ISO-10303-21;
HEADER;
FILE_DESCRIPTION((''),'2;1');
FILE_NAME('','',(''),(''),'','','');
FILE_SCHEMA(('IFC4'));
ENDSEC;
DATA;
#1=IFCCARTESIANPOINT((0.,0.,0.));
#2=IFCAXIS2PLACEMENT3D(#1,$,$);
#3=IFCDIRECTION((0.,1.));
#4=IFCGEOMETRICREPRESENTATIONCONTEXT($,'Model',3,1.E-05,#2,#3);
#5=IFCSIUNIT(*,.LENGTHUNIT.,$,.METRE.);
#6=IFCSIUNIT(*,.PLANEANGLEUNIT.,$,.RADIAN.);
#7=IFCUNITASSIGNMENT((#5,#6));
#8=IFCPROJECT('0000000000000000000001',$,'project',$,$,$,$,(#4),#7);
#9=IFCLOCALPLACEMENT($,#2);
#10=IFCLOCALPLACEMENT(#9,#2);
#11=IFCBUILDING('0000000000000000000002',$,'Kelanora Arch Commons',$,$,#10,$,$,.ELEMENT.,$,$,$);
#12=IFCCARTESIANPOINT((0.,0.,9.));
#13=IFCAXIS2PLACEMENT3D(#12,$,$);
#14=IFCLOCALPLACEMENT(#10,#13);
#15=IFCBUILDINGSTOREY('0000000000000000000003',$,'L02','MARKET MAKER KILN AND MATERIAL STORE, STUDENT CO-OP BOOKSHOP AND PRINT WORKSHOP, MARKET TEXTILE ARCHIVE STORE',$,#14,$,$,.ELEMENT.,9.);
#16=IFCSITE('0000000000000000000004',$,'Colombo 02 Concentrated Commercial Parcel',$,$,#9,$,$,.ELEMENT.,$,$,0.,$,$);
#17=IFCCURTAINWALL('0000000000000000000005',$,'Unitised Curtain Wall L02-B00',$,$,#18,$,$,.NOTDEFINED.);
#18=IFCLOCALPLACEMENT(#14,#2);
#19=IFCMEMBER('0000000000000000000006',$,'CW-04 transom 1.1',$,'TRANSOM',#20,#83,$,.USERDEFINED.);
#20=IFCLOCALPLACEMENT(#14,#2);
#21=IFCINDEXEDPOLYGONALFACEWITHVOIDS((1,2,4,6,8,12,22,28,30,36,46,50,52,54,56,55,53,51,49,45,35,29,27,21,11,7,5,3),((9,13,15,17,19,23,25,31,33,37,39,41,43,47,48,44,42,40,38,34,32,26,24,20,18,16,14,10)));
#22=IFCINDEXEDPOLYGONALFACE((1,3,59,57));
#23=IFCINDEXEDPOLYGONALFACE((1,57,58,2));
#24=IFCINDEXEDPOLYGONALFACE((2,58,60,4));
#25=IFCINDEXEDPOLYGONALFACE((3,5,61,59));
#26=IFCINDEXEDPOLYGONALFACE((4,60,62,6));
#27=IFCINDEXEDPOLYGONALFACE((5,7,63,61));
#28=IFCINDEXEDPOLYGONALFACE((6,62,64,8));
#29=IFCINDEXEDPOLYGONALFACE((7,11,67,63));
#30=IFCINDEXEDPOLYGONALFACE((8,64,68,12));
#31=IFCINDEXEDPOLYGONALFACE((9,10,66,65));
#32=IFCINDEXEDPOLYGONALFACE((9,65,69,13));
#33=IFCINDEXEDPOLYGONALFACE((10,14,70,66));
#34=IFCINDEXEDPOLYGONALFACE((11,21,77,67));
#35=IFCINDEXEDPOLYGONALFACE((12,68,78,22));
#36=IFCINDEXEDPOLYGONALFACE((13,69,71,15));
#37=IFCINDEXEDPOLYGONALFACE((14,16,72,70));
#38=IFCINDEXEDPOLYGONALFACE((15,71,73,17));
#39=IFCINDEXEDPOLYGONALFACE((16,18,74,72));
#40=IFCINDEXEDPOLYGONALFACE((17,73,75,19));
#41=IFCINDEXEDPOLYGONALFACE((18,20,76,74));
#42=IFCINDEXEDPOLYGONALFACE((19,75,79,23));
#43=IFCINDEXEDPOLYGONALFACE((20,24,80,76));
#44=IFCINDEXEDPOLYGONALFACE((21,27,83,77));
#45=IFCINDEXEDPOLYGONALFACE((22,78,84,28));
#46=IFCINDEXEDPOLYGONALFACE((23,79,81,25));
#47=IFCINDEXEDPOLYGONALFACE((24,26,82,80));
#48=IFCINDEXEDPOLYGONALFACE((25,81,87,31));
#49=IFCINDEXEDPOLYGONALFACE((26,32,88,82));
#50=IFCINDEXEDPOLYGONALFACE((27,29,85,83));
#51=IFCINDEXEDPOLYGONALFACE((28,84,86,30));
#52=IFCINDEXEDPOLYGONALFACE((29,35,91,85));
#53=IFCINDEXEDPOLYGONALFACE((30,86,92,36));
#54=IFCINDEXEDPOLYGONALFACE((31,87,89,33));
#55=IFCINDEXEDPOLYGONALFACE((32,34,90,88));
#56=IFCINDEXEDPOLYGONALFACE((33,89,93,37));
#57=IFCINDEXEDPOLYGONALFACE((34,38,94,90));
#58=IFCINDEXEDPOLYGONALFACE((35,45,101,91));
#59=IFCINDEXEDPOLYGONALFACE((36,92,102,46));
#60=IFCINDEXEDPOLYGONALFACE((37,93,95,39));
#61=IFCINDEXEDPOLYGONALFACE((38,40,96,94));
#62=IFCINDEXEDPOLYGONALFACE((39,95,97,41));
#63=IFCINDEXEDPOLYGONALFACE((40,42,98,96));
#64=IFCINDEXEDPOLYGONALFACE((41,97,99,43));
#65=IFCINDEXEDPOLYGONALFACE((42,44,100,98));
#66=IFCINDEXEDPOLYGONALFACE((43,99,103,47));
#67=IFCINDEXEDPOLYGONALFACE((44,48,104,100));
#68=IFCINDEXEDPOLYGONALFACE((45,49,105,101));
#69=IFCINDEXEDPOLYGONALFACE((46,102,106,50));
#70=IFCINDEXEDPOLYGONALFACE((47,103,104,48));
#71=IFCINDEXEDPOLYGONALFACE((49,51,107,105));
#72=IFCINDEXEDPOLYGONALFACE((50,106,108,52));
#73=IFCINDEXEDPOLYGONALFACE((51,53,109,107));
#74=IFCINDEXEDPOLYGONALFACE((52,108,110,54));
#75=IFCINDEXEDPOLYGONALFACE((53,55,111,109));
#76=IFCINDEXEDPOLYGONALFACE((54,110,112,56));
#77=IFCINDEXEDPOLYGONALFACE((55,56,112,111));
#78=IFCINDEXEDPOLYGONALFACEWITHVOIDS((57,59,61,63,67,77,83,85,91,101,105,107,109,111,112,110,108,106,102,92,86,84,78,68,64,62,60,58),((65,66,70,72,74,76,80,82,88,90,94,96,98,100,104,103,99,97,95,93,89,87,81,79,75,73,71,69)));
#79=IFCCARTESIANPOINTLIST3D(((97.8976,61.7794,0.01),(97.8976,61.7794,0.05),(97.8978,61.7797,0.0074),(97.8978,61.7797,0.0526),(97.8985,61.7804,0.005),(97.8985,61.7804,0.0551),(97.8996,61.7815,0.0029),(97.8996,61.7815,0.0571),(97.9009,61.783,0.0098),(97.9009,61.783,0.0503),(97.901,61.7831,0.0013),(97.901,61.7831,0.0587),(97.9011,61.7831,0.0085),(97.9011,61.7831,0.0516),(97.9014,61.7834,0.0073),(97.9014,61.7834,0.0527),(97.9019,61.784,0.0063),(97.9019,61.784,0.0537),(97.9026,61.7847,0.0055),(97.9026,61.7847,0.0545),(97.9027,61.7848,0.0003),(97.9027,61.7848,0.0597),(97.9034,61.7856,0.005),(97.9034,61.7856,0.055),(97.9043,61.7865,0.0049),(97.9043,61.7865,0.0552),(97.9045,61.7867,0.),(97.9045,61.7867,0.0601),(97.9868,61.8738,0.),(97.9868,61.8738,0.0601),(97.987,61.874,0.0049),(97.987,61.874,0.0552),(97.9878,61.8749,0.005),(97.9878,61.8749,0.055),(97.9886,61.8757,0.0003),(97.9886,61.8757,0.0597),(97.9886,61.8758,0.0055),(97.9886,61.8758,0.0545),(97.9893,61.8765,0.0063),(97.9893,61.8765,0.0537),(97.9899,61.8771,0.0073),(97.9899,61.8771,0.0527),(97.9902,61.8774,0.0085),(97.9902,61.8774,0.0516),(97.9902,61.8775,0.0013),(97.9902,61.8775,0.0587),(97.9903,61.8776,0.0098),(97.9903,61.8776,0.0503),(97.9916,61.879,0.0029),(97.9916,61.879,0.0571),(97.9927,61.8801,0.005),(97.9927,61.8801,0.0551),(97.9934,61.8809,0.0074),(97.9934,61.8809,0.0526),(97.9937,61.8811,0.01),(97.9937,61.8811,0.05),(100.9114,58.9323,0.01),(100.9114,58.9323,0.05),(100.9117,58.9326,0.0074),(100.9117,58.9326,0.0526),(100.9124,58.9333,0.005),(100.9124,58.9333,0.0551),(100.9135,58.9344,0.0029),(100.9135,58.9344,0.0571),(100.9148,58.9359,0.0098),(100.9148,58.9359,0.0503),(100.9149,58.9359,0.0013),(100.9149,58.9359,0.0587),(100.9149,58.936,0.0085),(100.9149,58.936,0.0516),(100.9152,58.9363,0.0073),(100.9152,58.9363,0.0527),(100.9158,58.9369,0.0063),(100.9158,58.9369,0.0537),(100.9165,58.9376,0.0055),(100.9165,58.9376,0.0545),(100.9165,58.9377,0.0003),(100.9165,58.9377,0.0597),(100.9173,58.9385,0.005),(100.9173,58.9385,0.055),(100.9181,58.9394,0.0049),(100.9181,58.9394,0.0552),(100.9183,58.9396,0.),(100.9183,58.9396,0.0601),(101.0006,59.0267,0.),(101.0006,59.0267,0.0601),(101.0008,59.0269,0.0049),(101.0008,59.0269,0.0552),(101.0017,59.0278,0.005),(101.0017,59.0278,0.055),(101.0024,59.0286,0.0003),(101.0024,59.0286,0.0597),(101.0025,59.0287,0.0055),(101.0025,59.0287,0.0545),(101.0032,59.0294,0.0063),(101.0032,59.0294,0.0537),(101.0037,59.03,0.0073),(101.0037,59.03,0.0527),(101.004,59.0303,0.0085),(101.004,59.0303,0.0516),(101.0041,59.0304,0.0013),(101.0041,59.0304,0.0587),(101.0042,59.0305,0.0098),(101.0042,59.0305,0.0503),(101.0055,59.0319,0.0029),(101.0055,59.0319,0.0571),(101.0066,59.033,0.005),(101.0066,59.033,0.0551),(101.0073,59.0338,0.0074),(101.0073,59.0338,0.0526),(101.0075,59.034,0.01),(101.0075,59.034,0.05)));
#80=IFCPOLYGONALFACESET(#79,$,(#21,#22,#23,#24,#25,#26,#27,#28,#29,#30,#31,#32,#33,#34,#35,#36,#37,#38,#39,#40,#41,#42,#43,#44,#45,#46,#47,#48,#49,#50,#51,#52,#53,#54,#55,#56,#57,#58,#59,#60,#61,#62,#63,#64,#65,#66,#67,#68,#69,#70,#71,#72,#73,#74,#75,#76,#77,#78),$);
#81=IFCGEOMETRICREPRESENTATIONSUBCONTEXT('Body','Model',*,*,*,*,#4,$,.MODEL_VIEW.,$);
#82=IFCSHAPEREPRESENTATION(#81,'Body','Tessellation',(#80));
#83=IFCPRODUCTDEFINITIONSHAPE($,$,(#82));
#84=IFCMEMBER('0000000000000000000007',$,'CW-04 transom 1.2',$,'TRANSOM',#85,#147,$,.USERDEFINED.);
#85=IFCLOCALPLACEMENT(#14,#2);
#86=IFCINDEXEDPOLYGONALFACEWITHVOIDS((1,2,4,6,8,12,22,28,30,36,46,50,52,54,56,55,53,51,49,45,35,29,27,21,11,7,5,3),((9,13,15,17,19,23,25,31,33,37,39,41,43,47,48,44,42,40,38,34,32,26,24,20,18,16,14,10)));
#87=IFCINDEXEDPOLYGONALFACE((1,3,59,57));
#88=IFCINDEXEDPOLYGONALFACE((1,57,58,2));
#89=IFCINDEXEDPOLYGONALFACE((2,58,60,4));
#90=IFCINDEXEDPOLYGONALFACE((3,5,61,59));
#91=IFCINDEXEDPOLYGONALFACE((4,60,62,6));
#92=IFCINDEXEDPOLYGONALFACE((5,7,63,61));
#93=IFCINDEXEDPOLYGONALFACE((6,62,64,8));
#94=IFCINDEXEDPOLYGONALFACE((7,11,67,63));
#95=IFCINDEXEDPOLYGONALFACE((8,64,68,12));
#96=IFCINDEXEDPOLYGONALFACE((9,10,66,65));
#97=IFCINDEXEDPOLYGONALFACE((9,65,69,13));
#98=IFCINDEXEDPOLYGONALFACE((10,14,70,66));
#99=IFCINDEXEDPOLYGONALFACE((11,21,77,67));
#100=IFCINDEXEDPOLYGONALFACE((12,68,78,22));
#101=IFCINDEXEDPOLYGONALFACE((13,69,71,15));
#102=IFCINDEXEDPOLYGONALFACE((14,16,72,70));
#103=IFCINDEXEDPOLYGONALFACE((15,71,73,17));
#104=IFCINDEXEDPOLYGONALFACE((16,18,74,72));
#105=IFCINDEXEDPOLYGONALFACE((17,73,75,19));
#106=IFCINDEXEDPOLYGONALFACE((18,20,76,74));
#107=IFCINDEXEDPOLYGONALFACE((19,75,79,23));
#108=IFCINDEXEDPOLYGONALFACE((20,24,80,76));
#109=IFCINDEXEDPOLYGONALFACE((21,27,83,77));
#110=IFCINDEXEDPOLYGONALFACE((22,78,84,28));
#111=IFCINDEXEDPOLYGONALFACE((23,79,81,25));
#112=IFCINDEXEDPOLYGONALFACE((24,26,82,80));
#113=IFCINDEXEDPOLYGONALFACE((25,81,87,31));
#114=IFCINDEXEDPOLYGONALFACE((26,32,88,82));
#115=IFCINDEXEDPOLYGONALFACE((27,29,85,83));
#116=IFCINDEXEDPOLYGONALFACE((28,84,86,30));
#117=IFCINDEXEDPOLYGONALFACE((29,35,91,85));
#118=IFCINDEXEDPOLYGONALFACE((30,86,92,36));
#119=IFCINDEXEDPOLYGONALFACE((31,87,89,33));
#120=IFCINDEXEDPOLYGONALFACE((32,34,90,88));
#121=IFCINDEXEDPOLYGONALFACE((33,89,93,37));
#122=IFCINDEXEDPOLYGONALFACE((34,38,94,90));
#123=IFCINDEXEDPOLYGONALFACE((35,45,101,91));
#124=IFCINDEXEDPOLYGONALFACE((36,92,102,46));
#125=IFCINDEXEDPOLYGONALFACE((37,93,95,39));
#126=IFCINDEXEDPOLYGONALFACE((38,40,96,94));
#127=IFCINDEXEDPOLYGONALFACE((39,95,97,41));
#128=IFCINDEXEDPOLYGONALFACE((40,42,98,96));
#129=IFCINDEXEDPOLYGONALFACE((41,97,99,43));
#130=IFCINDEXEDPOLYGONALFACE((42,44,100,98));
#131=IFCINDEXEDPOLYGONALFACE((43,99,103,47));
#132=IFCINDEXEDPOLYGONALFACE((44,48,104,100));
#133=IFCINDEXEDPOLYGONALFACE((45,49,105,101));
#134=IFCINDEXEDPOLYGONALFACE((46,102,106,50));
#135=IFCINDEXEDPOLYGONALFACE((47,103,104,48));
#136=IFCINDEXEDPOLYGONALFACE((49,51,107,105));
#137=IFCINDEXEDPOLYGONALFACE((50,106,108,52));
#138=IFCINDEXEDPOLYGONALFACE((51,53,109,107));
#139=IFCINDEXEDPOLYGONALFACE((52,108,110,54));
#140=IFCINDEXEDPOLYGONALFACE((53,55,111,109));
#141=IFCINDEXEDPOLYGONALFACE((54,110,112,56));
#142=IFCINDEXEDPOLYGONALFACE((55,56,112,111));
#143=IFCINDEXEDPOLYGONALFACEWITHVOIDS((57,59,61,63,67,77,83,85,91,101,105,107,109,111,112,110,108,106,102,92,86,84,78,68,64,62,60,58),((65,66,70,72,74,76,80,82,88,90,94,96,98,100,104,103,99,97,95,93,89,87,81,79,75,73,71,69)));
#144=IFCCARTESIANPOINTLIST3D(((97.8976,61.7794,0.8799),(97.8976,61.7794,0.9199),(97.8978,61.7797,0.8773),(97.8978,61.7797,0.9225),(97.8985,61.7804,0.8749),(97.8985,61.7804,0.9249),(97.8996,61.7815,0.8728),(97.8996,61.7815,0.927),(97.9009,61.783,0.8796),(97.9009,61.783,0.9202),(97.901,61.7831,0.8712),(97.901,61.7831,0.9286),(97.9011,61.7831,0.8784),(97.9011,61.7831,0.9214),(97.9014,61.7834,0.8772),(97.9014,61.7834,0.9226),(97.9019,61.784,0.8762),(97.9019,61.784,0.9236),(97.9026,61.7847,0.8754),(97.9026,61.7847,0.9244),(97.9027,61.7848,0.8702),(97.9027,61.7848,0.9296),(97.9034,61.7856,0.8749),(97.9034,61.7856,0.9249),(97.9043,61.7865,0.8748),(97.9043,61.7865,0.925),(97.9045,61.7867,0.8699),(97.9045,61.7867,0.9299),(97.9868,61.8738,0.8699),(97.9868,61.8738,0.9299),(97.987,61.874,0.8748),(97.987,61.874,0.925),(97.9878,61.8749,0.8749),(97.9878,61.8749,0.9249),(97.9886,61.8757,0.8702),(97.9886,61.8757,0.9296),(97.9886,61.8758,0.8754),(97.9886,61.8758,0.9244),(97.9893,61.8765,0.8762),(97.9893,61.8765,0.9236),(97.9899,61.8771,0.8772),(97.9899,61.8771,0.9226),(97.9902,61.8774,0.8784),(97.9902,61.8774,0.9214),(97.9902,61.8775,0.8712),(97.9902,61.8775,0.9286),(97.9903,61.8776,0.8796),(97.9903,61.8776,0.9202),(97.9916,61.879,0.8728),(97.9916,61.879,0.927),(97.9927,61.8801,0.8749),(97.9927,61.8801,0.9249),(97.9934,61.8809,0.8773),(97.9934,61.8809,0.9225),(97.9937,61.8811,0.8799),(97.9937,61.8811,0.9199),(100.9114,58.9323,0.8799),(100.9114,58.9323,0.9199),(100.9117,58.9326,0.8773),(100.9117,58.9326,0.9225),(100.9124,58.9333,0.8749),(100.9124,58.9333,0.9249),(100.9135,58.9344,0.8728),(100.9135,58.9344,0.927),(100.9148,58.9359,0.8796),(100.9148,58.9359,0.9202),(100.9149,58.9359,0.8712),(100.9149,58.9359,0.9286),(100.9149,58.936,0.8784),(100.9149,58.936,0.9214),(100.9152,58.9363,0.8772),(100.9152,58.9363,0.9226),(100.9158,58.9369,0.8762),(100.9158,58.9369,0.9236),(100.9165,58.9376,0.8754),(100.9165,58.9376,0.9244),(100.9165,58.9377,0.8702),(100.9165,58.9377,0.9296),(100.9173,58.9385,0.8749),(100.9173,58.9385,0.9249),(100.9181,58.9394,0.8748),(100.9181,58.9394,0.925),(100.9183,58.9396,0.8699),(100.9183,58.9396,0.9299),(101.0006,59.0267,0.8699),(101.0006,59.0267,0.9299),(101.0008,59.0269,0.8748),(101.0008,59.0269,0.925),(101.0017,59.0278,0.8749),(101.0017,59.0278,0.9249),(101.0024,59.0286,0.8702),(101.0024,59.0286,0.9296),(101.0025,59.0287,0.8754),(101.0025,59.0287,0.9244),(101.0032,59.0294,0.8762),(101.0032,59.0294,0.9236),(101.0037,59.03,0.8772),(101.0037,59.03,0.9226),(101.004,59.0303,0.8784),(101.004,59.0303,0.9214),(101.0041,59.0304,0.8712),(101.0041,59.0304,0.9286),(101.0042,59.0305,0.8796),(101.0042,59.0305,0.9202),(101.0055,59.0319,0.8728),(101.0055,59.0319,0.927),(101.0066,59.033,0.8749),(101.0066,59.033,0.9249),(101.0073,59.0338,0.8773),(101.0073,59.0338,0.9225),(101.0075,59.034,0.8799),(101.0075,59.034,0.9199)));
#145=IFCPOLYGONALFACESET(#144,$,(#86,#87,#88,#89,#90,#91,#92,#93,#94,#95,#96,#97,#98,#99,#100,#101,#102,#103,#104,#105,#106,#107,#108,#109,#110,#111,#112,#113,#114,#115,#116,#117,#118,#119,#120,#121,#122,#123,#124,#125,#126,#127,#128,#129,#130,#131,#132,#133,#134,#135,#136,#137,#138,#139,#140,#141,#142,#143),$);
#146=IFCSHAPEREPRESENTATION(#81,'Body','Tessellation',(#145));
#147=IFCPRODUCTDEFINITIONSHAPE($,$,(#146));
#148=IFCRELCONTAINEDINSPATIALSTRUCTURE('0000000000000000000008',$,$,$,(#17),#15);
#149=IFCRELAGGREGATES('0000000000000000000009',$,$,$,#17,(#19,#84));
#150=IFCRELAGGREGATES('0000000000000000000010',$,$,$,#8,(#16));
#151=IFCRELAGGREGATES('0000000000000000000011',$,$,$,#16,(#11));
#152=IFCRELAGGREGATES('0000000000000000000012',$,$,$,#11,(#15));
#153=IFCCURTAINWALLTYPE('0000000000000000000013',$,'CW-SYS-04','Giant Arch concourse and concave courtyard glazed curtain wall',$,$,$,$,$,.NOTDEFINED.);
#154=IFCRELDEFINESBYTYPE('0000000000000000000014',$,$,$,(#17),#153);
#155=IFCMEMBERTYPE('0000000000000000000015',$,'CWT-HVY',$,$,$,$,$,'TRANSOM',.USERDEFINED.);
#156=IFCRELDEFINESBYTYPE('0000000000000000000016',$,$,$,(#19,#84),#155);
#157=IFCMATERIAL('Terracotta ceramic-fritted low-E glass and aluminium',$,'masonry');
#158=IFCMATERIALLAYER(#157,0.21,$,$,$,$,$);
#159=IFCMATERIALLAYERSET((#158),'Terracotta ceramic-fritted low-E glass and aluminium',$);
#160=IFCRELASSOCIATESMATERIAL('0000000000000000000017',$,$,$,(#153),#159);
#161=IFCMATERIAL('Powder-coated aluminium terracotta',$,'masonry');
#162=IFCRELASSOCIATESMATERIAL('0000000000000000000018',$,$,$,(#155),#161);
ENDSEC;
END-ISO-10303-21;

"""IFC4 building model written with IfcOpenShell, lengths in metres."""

from ifc_helpers import new_model, si_unit, direction, frame, origin, origin_2d, place, context, subcontext, project, spatial, hollow_rectangle, extrude, material, layer, layer_set, material_profile, profile_set, type_object, element, aggregate, save


model = new_model("IFC4")

# Units and contexts
model_context = context("Model", 3, precision=1e-05, world=origin(), true_north=direction((0.0, 1.0)))
body_context = subcontext(model_context, "Body", "Model", "MODEL_VIEW")
ifc_project = project(units=[si_unit("LENGTHUNIT", "METRE"), si_unit("PLANEANGLEUNIT", "RADIAN")], contexts=[model_context])

# Site, building, storey
site_placement = place(None, origin())
site = spatial("IfcSite", under=ifc_project, at=site_placement, Name="Colombo 02 Concentrated Commercial Parcel", CompositionType="ELEMENT", RefElevation=0.0)
building_placement = place(site_placement, origin())
building = spatial("IfcBuilding", under=site, at=building_placement, Name="Kelanora Arch Commons", CompositionType="ELEMENT")
storey_placement = place(building_placement, frame((0.0, 0.0, 9.0)))
storey = spatial("IfcBuildingStorey", under=building, at=storey_placement, Name="L02", Description="MARKET MAKER KILN AND MATERIAL STORE, STUDENT CO-OP BOOKSHOP AND PRINT WORKSHOP, MARKET TEXTILE ARCHIVE STORE", CompositionType="ELEMENT", Elevation=9.0)

# Curtain wall
ifc_material_1 = material(Name="Terracotta ceramic-fritted low-E glass and aluminium", Category="masonry")
ifc_layer_1 = layer(ifc_material_1, 0.21)
ifc_layer_set_1 = layer_set([ifc_layer_1], Name="Terracotta ceramic-fritted low-E glass and aluminium")
curtain_wall_type = type_object("IfcCurtainWallType", Name="CW-SYS-04", Description="Giant Arch concourse and concave courtyard glazed curtain wall", PredefinedType="NOTDEFINED", material=ifc_layer_set_1)
curtain_wall_1_placement = place(storey_placement, origin())
curtain_wall_1 = element("IfcCurtainWall", 1, at=curtain_wall_1_placement, inside=storey, type_object=curtain_wall_type, Name="Unitised Curtain Wall L02-B00", PredefinedType="NOTDEFINED")
ifc_material_2 = material(Name="Powder-coated aluminium terracotta", Category="masonry")

# Members
ifc_material_profile_1 = material_profile(ifc_material_2, hollow_rectangle(XDim=0.1399, YDim=0.0601, WallThickness=0.0049, InnerFilletRadius=0.0049, OuterFilletRadius=0.01, at=origin_2d()), Name="CWT140x60")
ifc_profile_set_1 = profile_set([ifc_material_profile_1], Name="Powder-coated aluminium terracotta")
member_type_1 = type_object("IfcMemberType", Name="CWT-HVY", ElementType="TRANSOM", PredefinedType="USERDEFINED", material=ifc_profile_set_1)
member_1_placement = place(storey_placement, frame((100.9595, 58.9832, 0.03), z_axis=(-0.72693, 0.686712, 0.0), x_axis=(-0.686712, -0.72693, 0.0)))
member_1 = element("IfcMember", 2, at=member_1_placement, type_object=member_type_1, Name="CW-04 transom 1.1", ObjectType="TRANSOM", PredefinedType="USERDEFINED", context=body_context, shape_type="SweptSolid", body=[
    extrude(hollow_rectangle(XDim=0.1399, YDim=0.0601, WallThickness=0.0049, InnerFilletRadius=0.0049, OuterFilletRadius=0.01, at=origin_2d()), origin(), (0.0, 0.0, 1.0), 4.146),
])
member_2_placement = place(storey_placement, frame((100.9595, 58.9832, 0.8999), z_axis=(-0.72693, 0.686712, 0.0), x_axis=(-0.686712, -0.72693, 0.0)))
member_2 = element("IfcMember", 3, at=member_2_placement, type_object=member_type_1, Name="CW-04 transom 1.2", ObjectType="TRANSOM", PredefinedType="USERDEFINED", context=body_context, shape_type="SweptSolid", body=[
    extrude(hollow_rectangle(XDim=0.1399, YDim=0.0601, WallThickness=0.0049, InnerFilletRadius=0.0049, OuterFilletRadius=0.01, at=origin_2d()), origin(), (0.0, 0.0, 1.0), 4.146),
])

aggregate(curtain_wall_1, [member_1, member_2])

save(model, "model.ifc")
